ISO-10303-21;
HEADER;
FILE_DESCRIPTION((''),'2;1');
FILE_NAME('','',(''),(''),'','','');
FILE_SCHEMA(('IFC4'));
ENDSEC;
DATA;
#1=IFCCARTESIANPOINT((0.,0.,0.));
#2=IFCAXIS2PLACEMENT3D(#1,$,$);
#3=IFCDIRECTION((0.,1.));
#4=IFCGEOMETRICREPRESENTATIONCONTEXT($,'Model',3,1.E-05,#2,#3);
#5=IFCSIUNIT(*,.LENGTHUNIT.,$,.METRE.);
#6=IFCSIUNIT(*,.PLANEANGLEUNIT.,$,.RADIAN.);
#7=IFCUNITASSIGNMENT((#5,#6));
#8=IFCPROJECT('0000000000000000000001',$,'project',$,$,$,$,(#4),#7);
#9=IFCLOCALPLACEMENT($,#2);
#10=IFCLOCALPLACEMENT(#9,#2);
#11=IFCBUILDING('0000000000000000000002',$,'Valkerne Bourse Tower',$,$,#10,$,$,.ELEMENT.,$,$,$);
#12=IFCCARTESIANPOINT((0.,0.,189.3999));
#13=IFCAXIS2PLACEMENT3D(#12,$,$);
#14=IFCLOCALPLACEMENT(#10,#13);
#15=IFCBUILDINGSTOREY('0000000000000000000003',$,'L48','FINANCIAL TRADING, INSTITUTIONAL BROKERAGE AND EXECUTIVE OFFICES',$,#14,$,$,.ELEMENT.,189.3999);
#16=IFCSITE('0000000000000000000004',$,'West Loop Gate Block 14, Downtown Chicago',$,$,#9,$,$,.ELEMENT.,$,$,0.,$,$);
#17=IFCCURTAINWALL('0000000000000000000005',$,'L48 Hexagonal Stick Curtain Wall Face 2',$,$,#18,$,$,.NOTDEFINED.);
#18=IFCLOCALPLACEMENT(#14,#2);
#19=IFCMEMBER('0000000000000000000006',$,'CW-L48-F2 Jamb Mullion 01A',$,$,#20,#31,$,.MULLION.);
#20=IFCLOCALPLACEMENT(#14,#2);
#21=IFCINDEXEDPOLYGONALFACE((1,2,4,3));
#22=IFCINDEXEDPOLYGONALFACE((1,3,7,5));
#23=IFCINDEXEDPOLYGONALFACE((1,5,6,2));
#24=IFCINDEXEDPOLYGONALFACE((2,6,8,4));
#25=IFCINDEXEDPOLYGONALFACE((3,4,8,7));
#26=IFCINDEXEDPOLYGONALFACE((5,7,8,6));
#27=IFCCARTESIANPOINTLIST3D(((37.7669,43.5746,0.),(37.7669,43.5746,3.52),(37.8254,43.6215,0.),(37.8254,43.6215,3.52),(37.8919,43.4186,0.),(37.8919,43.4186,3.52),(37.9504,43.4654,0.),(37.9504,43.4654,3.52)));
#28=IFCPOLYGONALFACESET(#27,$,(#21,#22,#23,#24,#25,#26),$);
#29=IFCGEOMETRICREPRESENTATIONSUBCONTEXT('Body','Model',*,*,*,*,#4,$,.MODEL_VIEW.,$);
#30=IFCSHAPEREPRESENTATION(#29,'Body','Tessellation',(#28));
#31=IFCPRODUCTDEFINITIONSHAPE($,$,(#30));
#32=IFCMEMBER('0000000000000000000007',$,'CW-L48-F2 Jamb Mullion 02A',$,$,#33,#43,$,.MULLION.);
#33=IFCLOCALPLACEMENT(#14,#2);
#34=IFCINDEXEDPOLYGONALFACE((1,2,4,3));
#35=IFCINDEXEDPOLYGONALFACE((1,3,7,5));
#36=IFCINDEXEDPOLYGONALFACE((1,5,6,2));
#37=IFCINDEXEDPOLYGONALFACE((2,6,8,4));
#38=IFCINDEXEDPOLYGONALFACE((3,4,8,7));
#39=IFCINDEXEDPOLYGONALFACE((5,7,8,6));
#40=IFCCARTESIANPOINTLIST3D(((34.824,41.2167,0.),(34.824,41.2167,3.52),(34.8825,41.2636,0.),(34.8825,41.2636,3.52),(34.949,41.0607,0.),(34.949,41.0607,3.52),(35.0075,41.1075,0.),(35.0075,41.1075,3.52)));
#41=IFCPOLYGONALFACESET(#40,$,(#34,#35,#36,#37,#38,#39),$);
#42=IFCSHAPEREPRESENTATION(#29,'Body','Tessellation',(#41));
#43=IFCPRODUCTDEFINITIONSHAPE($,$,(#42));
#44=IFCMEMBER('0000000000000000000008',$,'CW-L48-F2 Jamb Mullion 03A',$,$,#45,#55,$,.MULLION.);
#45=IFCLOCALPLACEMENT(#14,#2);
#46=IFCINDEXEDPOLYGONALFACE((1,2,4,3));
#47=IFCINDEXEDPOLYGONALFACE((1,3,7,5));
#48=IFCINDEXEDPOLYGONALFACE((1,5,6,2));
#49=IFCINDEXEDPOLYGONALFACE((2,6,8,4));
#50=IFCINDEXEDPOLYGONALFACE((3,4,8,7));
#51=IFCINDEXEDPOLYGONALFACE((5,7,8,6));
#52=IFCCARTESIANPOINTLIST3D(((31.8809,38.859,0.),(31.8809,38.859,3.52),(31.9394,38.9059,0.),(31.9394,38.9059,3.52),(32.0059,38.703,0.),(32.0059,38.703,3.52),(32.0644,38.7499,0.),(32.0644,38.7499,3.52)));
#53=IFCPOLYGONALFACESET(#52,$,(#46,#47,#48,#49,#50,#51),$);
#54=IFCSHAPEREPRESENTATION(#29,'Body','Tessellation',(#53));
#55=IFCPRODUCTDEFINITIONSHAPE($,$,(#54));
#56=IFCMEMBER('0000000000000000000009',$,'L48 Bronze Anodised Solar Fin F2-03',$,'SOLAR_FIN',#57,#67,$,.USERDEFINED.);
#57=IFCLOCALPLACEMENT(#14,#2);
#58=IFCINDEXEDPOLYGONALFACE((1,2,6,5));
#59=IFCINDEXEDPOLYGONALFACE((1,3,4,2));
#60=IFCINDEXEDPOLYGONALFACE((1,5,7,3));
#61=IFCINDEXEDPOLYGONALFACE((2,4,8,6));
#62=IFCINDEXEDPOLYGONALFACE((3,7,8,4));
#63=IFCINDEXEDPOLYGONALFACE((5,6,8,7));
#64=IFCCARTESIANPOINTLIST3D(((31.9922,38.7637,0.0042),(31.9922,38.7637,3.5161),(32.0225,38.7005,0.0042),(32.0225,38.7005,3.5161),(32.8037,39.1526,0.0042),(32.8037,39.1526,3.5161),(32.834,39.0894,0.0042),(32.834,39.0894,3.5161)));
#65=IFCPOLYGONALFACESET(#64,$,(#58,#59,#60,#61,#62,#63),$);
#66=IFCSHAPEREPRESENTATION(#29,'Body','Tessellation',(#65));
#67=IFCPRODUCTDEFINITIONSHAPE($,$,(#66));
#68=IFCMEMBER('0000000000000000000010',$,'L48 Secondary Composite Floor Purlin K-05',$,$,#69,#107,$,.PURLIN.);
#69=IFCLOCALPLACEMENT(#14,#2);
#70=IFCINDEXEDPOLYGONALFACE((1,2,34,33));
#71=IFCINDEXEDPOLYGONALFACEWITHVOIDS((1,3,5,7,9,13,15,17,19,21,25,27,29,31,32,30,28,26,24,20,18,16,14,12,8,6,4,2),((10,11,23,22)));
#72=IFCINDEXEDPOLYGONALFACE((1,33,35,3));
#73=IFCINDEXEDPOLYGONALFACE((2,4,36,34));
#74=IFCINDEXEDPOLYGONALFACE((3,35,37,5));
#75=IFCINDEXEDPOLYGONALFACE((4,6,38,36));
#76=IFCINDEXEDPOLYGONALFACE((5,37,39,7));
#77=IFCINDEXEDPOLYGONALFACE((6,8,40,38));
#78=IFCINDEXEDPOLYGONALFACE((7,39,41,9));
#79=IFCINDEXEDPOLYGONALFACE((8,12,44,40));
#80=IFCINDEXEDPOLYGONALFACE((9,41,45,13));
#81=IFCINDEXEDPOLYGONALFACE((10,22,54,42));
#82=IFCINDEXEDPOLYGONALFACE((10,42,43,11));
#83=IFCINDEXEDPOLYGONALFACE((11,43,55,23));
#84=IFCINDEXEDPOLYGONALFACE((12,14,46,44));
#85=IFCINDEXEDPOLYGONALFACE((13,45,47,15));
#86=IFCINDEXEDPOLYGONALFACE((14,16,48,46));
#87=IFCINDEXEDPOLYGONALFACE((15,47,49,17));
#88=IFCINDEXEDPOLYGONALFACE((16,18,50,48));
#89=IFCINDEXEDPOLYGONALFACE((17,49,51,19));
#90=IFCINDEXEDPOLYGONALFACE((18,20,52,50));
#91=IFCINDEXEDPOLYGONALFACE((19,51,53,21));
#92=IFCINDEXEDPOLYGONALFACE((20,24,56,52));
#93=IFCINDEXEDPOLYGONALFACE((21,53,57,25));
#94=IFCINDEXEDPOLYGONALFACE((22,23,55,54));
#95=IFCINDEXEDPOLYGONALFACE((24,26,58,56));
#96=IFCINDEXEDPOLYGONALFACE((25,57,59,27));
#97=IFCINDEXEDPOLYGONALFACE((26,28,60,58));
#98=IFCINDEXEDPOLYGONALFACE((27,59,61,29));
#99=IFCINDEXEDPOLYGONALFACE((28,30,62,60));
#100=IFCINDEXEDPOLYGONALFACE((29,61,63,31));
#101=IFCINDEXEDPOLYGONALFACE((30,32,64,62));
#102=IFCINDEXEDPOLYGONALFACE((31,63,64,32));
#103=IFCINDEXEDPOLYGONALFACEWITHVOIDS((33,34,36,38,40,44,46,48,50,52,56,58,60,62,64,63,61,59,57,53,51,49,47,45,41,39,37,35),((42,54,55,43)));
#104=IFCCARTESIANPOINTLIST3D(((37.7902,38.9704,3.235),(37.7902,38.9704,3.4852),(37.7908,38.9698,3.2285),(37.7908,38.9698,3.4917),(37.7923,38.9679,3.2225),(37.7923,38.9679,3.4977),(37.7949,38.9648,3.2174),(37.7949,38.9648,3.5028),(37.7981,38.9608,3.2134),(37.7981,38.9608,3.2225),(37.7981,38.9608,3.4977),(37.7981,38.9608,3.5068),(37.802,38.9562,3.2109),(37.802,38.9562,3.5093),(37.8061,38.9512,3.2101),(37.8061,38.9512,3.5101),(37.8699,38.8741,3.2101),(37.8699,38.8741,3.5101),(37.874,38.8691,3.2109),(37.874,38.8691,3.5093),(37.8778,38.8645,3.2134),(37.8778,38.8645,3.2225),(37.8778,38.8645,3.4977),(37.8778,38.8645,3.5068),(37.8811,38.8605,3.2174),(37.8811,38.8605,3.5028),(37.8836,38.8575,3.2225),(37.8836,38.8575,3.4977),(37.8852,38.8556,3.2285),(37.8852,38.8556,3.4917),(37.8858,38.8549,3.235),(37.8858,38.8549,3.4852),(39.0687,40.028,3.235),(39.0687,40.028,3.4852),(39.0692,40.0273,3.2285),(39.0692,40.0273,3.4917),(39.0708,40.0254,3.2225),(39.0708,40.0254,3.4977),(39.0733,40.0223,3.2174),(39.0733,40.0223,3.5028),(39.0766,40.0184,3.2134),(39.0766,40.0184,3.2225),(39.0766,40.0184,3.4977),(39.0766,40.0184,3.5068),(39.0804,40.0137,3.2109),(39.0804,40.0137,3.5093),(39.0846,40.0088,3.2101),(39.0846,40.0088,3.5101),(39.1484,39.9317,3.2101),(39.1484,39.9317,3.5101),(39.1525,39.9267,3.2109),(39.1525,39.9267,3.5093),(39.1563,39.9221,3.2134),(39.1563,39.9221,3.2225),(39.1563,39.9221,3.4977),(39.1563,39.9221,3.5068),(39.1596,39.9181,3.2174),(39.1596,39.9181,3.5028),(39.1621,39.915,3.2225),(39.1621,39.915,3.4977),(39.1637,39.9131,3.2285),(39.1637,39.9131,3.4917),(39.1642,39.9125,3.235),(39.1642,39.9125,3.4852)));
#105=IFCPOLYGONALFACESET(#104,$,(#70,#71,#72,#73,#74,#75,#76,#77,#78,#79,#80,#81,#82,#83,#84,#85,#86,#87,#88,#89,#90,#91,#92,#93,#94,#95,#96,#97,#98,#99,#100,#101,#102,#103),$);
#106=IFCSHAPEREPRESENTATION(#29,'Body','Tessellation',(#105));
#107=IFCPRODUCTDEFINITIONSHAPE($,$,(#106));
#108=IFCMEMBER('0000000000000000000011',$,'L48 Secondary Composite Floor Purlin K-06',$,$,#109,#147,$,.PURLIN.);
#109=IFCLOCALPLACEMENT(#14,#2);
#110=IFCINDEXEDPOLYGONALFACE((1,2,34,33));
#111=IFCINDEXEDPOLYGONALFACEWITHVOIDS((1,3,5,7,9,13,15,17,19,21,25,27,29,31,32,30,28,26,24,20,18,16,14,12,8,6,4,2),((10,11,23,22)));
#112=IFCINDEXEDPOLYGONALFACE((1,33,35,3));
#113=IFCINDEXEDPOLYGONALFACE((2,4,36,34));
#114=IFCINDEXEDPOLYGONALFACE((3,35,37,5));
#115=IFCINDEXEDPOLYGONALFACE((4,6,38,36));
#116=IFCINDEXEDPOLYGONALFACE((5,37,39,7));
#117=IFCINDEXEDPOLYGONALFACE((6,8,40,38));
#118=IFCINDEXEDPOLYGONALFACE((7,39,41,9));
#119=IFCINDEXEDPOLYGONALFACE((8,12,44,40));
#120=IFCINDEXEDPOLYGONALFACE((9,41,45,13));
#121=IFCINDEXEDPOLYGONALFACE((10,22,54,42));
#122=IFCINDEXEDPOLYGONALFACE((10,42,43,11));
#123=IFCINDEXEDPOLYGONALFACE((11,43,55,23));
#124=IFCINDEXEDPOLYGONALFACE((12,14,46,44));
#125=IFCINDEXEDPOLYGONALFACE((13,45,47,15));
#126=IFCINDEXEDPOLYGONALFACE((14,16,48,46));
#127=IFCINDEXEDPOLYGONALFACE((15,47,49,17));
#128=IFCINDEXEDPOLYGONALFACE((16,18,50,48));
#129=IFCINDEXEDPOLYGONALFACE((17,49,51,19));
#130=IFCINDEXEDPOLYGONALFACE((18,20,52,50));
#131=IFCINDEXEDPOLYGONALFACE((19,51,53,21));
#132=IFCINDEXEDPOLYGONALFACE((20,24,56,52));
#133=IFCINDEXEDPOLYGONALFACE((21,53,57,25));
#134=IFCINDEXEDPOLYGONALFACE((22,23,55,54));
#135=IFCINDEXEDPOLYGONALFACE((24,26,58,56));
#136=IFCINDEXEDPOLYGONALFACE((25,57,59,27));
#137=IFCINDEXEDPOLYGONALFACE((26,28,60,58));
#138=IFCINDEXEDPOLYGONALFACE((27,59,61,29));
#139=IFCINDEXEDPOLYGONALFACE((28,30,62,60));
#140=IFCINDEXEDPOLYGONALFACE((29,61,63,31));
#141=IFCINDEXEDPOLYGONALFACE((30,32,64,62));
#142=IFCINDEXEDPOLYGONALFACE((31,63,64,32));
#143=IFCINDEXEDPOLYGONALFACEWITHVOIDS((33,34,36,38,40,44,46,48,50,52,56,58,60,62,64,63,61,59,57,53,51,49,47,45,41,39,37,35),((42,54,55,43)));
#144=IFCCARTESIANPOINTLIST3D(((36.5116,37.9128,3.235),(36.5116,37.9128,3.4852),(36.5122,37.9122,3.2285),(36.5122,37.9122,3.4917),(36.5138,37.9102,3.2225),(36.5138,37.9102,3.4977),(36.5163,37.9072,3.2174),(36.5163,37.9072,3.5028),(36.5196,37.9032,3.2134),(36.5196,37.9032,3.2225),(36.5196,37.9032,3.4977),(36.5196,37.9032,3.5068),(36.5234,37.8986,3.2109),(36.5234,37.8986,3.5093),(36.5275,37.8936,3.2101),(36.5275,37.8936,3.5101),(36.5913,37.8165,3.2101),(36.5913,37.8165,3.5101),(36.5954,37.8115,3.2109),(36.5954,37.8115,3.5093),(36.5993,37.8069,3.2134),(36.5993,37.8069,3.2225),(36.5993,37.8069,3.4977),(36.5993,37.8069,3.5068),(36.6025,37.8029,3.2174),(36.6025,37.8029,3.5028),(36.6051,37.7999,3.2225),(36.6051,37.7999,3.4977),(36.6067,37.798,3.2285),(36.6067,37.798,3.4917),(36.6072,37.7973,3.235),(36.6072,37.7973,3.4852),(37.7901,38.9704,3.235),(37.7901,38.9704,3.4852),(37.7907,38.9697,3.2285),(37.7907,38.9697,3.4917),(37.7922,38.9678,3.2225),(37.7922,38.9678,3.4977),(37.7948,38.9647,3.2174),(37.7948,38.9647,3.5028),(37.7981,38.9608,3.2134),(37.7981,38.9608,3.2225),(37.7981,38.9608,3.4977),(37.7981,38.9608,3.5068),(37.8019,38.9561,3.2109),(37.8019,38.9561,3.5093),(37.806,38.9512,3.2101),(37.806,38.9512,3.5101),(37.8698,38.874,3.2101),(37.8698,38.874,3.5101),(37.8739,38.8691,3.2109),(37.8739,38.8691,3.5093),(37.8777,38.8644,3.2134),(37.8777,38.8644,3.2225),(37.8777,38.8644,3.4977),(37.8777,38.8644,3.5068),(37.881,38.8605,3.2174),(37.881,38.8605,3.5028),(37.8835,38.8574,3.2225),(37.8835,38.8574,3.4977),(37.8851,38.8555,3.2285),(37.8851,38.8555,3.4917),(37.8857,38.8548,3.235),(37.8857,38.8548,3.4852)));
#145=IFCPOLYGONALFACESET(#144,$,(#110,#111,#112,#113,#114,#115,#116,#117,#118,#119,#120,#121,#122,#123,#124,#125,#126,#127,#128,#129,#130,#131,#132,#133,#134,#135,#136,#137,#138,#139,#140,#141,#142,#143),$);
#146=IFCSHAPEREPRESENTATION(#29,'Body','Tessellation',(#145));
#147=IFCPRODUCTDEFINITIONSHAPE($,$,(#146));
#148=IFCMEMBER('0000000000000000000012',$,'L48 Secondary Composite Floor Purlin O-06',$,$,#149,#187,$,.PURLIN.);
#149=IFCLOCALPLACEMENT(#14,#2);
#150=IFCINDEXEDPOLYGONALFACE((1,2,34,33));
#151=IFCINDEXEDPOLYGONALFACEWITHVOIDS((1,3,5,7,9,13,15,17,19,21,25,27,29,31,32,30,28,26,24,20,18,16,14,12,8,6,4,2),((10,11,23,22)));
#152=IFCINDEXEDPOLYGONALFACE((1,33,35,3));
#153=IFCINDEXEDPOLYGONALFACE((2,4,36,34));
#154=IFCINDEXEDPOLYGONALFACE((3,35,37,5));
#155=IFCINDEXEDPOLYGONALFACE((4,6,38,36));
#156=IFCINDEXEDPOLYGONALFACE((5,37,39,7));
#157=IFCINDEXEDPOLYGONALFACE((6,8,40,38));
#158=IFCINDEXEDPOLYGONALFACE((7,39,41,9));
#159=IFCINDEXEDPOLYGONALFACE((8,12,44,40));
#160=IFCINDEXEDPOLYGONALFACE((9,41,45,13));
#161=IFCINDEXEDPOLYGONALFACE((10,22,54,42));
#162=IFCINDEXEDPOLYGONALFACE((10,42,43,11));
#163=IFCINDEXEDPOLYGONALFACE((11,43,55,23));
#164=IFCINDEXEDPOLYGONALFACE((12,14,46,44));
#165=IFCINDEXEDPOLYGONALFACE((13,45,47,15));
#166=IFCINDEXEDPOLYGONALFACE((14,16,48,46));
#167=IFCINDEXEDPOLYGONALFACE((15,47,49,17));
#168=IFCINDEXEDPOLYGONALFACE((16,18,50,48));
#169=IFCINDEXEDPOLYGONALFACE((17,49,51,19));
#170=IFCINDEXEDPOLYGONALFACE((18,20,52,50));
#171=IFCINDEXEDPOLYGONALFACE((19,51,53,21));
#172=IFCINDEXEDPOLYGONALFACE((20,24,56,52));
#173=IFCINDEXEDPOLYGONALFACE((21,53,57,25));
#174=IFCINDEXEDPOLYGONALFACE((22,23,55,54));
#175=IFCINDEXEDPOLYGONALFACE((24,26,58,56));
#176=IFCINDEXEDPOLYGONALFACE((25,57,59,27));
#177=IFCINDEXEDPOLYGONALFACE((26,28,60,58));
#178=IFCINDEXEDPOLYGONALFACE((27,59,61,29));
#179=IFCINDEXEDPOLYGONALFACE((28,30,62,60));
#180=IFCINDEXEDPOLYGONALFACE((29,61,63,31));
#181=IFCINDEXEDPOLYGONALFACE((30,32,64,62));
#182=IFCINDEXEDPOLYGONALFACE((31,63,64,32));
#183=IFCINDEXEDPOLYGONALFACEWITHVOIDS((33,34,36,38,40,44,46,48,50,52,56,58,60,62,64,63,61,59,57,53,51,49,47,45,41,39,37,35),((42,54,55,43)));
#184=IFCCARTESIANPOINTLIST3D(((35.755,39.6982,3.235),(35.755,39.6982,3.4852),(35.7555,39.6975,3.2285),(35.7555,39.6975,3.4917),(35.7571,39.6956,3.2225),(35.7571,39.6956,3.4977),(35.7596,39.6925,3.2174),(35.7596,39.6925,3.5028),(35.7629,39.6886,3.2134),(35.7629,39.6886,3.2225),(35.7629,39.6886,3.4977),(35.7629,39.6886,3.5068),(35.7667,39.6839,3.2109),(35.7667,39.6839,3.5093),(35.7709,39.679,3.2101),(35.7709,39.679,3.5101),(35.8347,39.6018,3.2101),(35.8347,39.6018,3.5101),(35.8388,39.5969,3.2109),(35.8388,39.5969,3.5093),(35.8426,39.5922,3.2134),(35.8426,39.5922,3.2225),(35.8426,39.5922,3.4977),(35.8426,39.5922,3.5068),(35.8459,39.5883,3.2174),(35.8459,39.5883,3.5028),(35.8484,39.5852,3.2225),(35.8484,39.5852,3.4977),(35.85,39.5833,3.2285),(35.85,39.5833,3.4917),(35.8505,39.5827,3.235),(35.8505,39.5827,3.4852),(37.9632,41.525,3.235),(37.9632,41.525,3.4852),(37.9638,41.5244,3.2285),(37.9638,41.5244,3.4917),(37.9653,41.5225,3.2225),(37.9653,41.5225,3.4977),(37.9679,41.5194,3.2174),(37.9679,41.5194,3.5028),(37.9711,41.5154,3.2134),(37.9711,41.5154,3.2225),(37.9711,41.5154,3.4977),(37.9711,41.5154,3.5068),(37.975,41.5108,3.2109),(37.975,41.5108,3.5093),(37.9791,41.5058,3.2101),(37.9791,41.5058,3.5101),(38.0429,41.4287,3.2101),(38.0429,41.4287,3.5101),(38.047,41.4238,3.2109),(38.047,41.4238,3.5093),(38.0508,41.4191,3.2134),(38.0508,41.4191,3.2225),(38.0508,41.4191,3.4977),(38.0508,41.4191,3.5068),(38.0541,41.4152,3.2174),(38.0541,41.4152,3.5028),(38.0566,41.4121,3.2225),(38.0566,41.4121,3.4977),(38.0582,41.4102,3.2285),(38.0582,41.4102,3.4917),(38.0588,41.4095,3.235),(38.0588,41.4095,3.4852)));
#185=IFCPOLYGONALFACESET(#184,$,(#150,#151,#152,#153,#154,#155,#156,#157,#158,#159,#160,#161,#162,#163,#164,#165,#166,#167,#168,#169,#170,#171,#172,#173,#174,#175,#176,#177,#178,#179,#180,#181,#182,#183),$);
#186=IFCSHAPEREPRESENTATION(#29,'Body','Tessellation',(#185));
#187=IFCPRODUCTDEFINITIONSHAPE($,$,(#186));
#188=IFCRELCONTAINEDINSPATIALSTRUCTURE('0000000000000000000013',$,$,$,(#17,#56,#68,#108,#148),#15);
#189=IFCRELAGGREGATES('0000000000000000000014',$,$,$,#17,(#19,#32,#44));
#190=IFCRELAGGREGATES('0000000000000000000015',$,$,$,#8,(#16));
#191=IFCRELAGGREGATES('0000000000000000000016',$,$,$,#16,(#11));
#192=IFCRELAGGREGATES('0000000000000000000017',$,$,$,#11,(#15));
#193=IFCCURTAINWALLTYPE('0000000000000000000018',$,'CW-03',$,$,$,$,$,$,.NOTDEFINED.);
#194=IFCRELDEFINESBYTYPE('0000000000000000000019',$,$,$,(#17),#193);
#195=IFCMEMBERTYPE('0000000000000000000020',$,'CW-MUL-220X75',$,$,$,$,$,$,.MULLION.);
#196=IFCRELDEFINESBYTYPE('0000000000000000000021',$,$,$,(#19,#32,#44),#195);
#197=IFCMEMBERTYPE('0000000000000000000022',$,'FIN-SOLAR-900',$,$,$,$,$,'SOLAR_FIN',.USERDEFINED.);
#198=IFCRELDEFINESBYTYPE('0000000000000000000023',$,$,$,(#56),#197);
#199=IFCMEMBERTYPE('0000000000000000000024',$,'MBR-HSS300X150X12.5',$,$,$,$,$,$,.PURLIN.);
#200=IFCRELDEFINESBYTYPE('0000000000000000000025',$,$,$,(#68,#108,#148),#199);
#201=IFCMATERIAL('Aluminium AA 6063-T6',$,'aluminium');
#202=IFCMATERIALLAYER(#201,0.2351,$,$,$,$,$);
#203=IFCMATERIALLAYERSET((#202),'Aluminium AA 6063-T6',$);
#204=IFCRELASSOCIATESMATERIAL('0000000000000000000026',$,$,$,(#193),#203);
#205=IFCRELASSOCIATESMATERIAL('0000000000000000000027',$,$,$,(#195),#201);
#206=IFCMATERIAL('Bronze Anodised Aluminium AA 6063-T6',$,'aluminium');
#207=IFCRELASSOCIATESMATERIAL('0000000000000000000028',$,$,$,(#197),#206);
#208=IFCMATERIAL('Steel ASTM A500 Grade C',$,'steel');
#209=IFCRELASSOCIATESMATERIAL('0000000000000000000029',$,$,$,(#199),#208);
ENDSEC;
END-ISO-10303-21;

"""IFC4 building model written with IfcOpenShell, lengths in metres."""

from ifc_helpers import new_model, si_unit, direction, frame, origin, origin_2d, place, context, subcontext, project, spatial, rectangle, hollow_rectangle, extrude, material, layer, layer_set, material_profile, profile_set, type_object, element, aggregate, save


model = new_model("IFC4")

# Units and contexts
model_context = context("Model", 3, precision=1e-05, world=origin(), true_north=direction((0.0, 1.0)))
body_context = subcontext(model_context, "Body", "Model", "MODEL_VIEW")
ifc_project = project(units=[si_unit("LENGTHUNIT", "METRE"), si_unit("PLANEANGLEUNIT", "RADIAN")], contexts=[model_context])

# Site, building, storey
site_placement = place(None, origin())
site = spatial("IfcSite", under=ifc_project, at=site_placement, Name="West Loop Gate Block 14, Downtown Chicago", CompositionType="ELEMENT", RefElevation=0.0)
building_placement = place(site_placement, origin())
building = spatial("IfcBuilding", under=site, at=building_placement, Name="Valkerne Bourse Tower", CompositionType="ELEMENT")
storey_placement = place(building_placement, frame((0.0, 0.0, 189.3999)))
storey = spatial("IfcBuildingStorey", under=building, at=storey_placement, Name="L48", Description="FINANCIAL TRADING, INSTITUTIONAL BROKERAGE AND EXECUTIVE OFFICES", CompositionType="ELEMENT", Elevation=189.3999)

# Curtain wall, members
ifc_material_1 = material(Name="Aluminium AA 6063-T6", Category="aluminium")
ifc_layer_1 = layer(ifc_material_1, 0.2351)
ifc_layer_set_1 = layer_set([ifc_layer_1], Name="Aluminium AA 6063-T6")
curtain_wall_type = type_object("IfcCurtainWallType", Name="CW-03", PredefinedType="NOTDEFINED", material=ifc_layer_set_1)
curtain_wall_placement = place(storey_placement, origin())
curtain_wall = element("IfcCurtainWall", 1, at=curtain_wall_placement, inside=storey, type_object=curtain_wall_type, Name="L48 Hexagonal Stick Curtain Wall Face 2", PredefinedType="NOTDEFINED")
ifc_material_profile_1 = material_profile(ifc_material_1, rectangle(XDim=0.075, YDim=0.2, at=origin_2d()), Name="CWM-75X200")
ifc_profile_set_1 = profile_set([ifc_material_profile_1], Name="Aluminium AA 6063-T6")
member_type_1 = type_object("IfcMemberType", Name="CW-MUL-220X75", PredefinedType="MULLION", material=ifc_profile_set_1)
member_1_placement = place(storey_placement, frame((37.8586, 43.52, 0.0), z_axis=(0.0, 0.0, 1.0), x_axis=(-0.780429, -0.625245, 0.0)))
member_1 = element("IfcMember", 2, at=member_1_placement, type_object=member_type_1, Name="CW-L48-F2 Jamb Mullion 01A", PredefinedType="MULLION", context=body_context, shape_type="SweptSolid", body=[
    extrude(rectangle(XDim=0.075, YDim=0.2, at=origin_2d()), origin(), (0.0, 0.0, 1.0), 3.52),
])
member_2_placement = place(storey_placement, frame((34.9158, 41.1621, 0.0), z_axis=(0.0, 0.0, 1.0), x_axis=(-0.780429, -0.625245, 0.0)))
member_2 = element("IfcMember", 3, at=member_2_placement, type_object=member_type_1, Name="CW-L48-F2 Jamb Mullion 02A", PredefinedType="MULLION", context=body_context, shape_type="SweptSolid", body=[
    extrude(rectangle(XDim=0.075, YDim=0.2, at=origin_2d()), origin(), (0.0, 0.0, 1.0), 3.52),
])
member_3_placement = place(storey_placement, frame((31.9727, 38.8044, 0.0), z_axis=(0.0, 0.0, 1.0), x_axis=(-0.780429, -0.625245, 0.0)))
member_3 = element("IfcMember", 4, at=member_3_placement, type_object=member_type_1, Name="CW-L48-F2 Jamb Mullion 03A", PredefinedType="MULLION", context=body_context, shape_type="SweptSolid", body=[
    extrude(rectangle(XDim=0.075, YDim=0.2, at=origin_2d()), origin(), (0.0, 0.0, 1.0), 3.52),
])

# Members
ifc_material_2 = material(Name="Bronze Anodised Aluminium AA 6063-T6", Category="aluminium")
ifc_material_profile_2 = material_profile(ifc_material_2, rectangle(XDim=0.0701, YDim=0.8999, at=origin_2d()), Name="FIN-70X900")
ifc_profile_set_2 = profile_set([ifc_material_profile_2], Name="Bronze Anodised Aluminium AA 6063-T6")
member_type_2 = type_object("IfcMemberType", Name="FIN-SOLAR-900", ElementType="SOLAR_FIN", PredefinedType="USERDEFINED", material=ifc_profile_set_2)
member_4_placement = place(storey_placement, frame((32.4131, 38.9265, 0.0042), z_axis=(0.0, 0.0, 1.0), x_axis=(-0.432148, 0.901803, 0.0)))
element("IfcMember", 5, at=member_4_placement, inside=storey, type_object=member_type_2, Name="L48 Bronze Anodised Solar Fin F2-03", ObjectType="SOLAR_FIN", PredefinedType="USERDEFINED", context=body_context, shape_type="SweptSolid", body=[
    extrude(rectangle(XDim=0.0701, YDim=0.8999, at=origin_2d()), origin(), (0.0, 0.0, 1.0), 3.512),
])
ifc_material_3 = material(Name="Steel ASTM A500 Grade C", Category="steel")
ifc_material_profile_3 = material_profile(ifc_material_3, hollow_rectangle(XDim=0.1499, YDim=0.3, WallThickness=0.0125, OuterFilletRadius=0.0249, at=origin_2d()), Name="HSS300X150X12.5")
ifc_profile_set_3 = profile_set([ifc_material_profile_3], Name="Steel ASTM A500 Grade C")
member_type_3 = type_object("IfcMemberType", Name="MBR-HSS300X150X12.5", PredefinedType="PURLIN", material=ifc_profile_set_3)
for number, where, z_axis, x_axis, name in (
    (6, (39.1165, 39.9702, 3.3601), (-0.770544, -0.637387, 0.0), (0.637387, -0.770544, 0.0), "L48 Secondary Composite Floor Purlin K-05"),
    (7, (37.8379, 38.9126, 3.3601), (-0.770544, -0.637387, 0.0), (0.637387, -0.770544, 0.0), "L48 Secondary Composite Floor Purlin K-06"),
):
    element("IfcMember", number, at=place(storey_placement, frame(where, z_axis=z_axis, x_axis=x_axis)), inside=storey, type_object=member_type_3, Name=name, PredefinedType="PURLIN", context=body_context, shape_type="SweptSolid", body=[
        extrude(hollow_rectangle(XDim=0.1499, YDim=0.3, WallThickness=0.0125, OuterFilletRadius=0.0249, at=origin_2d()), origin(), (0.0, 0.0, 1.0), 1.6592),
    ])
member_5_placement = place(storey_placement, frame((38.011, 41.4673, 3.3601), z_axis=(-0.7705, -0.63744, 0.0), x_axis=(0.63744, -0.7705, 0.0)))
element("IfcMember", 8, at=member_5_placement, inside=storey, type_object=member_type_3, Name="L48 Secondary Composite Floor Purlin O-06", PredefinedType="PURLIN", context=body_context, shape_type="SweptSolid", body=[
    extrude(hollow_rectangle(XDim=0.1499, YDim=0.3, WallThickness=0.0125, OuterFilletRadius=0.0249, at=origin_2d()), origin(), (0.0, 0.0, 1.0), 2.866),
])

aggregate(curtain_wall, [member_1, member_2, member_3])

save(model, "model.ifc")
